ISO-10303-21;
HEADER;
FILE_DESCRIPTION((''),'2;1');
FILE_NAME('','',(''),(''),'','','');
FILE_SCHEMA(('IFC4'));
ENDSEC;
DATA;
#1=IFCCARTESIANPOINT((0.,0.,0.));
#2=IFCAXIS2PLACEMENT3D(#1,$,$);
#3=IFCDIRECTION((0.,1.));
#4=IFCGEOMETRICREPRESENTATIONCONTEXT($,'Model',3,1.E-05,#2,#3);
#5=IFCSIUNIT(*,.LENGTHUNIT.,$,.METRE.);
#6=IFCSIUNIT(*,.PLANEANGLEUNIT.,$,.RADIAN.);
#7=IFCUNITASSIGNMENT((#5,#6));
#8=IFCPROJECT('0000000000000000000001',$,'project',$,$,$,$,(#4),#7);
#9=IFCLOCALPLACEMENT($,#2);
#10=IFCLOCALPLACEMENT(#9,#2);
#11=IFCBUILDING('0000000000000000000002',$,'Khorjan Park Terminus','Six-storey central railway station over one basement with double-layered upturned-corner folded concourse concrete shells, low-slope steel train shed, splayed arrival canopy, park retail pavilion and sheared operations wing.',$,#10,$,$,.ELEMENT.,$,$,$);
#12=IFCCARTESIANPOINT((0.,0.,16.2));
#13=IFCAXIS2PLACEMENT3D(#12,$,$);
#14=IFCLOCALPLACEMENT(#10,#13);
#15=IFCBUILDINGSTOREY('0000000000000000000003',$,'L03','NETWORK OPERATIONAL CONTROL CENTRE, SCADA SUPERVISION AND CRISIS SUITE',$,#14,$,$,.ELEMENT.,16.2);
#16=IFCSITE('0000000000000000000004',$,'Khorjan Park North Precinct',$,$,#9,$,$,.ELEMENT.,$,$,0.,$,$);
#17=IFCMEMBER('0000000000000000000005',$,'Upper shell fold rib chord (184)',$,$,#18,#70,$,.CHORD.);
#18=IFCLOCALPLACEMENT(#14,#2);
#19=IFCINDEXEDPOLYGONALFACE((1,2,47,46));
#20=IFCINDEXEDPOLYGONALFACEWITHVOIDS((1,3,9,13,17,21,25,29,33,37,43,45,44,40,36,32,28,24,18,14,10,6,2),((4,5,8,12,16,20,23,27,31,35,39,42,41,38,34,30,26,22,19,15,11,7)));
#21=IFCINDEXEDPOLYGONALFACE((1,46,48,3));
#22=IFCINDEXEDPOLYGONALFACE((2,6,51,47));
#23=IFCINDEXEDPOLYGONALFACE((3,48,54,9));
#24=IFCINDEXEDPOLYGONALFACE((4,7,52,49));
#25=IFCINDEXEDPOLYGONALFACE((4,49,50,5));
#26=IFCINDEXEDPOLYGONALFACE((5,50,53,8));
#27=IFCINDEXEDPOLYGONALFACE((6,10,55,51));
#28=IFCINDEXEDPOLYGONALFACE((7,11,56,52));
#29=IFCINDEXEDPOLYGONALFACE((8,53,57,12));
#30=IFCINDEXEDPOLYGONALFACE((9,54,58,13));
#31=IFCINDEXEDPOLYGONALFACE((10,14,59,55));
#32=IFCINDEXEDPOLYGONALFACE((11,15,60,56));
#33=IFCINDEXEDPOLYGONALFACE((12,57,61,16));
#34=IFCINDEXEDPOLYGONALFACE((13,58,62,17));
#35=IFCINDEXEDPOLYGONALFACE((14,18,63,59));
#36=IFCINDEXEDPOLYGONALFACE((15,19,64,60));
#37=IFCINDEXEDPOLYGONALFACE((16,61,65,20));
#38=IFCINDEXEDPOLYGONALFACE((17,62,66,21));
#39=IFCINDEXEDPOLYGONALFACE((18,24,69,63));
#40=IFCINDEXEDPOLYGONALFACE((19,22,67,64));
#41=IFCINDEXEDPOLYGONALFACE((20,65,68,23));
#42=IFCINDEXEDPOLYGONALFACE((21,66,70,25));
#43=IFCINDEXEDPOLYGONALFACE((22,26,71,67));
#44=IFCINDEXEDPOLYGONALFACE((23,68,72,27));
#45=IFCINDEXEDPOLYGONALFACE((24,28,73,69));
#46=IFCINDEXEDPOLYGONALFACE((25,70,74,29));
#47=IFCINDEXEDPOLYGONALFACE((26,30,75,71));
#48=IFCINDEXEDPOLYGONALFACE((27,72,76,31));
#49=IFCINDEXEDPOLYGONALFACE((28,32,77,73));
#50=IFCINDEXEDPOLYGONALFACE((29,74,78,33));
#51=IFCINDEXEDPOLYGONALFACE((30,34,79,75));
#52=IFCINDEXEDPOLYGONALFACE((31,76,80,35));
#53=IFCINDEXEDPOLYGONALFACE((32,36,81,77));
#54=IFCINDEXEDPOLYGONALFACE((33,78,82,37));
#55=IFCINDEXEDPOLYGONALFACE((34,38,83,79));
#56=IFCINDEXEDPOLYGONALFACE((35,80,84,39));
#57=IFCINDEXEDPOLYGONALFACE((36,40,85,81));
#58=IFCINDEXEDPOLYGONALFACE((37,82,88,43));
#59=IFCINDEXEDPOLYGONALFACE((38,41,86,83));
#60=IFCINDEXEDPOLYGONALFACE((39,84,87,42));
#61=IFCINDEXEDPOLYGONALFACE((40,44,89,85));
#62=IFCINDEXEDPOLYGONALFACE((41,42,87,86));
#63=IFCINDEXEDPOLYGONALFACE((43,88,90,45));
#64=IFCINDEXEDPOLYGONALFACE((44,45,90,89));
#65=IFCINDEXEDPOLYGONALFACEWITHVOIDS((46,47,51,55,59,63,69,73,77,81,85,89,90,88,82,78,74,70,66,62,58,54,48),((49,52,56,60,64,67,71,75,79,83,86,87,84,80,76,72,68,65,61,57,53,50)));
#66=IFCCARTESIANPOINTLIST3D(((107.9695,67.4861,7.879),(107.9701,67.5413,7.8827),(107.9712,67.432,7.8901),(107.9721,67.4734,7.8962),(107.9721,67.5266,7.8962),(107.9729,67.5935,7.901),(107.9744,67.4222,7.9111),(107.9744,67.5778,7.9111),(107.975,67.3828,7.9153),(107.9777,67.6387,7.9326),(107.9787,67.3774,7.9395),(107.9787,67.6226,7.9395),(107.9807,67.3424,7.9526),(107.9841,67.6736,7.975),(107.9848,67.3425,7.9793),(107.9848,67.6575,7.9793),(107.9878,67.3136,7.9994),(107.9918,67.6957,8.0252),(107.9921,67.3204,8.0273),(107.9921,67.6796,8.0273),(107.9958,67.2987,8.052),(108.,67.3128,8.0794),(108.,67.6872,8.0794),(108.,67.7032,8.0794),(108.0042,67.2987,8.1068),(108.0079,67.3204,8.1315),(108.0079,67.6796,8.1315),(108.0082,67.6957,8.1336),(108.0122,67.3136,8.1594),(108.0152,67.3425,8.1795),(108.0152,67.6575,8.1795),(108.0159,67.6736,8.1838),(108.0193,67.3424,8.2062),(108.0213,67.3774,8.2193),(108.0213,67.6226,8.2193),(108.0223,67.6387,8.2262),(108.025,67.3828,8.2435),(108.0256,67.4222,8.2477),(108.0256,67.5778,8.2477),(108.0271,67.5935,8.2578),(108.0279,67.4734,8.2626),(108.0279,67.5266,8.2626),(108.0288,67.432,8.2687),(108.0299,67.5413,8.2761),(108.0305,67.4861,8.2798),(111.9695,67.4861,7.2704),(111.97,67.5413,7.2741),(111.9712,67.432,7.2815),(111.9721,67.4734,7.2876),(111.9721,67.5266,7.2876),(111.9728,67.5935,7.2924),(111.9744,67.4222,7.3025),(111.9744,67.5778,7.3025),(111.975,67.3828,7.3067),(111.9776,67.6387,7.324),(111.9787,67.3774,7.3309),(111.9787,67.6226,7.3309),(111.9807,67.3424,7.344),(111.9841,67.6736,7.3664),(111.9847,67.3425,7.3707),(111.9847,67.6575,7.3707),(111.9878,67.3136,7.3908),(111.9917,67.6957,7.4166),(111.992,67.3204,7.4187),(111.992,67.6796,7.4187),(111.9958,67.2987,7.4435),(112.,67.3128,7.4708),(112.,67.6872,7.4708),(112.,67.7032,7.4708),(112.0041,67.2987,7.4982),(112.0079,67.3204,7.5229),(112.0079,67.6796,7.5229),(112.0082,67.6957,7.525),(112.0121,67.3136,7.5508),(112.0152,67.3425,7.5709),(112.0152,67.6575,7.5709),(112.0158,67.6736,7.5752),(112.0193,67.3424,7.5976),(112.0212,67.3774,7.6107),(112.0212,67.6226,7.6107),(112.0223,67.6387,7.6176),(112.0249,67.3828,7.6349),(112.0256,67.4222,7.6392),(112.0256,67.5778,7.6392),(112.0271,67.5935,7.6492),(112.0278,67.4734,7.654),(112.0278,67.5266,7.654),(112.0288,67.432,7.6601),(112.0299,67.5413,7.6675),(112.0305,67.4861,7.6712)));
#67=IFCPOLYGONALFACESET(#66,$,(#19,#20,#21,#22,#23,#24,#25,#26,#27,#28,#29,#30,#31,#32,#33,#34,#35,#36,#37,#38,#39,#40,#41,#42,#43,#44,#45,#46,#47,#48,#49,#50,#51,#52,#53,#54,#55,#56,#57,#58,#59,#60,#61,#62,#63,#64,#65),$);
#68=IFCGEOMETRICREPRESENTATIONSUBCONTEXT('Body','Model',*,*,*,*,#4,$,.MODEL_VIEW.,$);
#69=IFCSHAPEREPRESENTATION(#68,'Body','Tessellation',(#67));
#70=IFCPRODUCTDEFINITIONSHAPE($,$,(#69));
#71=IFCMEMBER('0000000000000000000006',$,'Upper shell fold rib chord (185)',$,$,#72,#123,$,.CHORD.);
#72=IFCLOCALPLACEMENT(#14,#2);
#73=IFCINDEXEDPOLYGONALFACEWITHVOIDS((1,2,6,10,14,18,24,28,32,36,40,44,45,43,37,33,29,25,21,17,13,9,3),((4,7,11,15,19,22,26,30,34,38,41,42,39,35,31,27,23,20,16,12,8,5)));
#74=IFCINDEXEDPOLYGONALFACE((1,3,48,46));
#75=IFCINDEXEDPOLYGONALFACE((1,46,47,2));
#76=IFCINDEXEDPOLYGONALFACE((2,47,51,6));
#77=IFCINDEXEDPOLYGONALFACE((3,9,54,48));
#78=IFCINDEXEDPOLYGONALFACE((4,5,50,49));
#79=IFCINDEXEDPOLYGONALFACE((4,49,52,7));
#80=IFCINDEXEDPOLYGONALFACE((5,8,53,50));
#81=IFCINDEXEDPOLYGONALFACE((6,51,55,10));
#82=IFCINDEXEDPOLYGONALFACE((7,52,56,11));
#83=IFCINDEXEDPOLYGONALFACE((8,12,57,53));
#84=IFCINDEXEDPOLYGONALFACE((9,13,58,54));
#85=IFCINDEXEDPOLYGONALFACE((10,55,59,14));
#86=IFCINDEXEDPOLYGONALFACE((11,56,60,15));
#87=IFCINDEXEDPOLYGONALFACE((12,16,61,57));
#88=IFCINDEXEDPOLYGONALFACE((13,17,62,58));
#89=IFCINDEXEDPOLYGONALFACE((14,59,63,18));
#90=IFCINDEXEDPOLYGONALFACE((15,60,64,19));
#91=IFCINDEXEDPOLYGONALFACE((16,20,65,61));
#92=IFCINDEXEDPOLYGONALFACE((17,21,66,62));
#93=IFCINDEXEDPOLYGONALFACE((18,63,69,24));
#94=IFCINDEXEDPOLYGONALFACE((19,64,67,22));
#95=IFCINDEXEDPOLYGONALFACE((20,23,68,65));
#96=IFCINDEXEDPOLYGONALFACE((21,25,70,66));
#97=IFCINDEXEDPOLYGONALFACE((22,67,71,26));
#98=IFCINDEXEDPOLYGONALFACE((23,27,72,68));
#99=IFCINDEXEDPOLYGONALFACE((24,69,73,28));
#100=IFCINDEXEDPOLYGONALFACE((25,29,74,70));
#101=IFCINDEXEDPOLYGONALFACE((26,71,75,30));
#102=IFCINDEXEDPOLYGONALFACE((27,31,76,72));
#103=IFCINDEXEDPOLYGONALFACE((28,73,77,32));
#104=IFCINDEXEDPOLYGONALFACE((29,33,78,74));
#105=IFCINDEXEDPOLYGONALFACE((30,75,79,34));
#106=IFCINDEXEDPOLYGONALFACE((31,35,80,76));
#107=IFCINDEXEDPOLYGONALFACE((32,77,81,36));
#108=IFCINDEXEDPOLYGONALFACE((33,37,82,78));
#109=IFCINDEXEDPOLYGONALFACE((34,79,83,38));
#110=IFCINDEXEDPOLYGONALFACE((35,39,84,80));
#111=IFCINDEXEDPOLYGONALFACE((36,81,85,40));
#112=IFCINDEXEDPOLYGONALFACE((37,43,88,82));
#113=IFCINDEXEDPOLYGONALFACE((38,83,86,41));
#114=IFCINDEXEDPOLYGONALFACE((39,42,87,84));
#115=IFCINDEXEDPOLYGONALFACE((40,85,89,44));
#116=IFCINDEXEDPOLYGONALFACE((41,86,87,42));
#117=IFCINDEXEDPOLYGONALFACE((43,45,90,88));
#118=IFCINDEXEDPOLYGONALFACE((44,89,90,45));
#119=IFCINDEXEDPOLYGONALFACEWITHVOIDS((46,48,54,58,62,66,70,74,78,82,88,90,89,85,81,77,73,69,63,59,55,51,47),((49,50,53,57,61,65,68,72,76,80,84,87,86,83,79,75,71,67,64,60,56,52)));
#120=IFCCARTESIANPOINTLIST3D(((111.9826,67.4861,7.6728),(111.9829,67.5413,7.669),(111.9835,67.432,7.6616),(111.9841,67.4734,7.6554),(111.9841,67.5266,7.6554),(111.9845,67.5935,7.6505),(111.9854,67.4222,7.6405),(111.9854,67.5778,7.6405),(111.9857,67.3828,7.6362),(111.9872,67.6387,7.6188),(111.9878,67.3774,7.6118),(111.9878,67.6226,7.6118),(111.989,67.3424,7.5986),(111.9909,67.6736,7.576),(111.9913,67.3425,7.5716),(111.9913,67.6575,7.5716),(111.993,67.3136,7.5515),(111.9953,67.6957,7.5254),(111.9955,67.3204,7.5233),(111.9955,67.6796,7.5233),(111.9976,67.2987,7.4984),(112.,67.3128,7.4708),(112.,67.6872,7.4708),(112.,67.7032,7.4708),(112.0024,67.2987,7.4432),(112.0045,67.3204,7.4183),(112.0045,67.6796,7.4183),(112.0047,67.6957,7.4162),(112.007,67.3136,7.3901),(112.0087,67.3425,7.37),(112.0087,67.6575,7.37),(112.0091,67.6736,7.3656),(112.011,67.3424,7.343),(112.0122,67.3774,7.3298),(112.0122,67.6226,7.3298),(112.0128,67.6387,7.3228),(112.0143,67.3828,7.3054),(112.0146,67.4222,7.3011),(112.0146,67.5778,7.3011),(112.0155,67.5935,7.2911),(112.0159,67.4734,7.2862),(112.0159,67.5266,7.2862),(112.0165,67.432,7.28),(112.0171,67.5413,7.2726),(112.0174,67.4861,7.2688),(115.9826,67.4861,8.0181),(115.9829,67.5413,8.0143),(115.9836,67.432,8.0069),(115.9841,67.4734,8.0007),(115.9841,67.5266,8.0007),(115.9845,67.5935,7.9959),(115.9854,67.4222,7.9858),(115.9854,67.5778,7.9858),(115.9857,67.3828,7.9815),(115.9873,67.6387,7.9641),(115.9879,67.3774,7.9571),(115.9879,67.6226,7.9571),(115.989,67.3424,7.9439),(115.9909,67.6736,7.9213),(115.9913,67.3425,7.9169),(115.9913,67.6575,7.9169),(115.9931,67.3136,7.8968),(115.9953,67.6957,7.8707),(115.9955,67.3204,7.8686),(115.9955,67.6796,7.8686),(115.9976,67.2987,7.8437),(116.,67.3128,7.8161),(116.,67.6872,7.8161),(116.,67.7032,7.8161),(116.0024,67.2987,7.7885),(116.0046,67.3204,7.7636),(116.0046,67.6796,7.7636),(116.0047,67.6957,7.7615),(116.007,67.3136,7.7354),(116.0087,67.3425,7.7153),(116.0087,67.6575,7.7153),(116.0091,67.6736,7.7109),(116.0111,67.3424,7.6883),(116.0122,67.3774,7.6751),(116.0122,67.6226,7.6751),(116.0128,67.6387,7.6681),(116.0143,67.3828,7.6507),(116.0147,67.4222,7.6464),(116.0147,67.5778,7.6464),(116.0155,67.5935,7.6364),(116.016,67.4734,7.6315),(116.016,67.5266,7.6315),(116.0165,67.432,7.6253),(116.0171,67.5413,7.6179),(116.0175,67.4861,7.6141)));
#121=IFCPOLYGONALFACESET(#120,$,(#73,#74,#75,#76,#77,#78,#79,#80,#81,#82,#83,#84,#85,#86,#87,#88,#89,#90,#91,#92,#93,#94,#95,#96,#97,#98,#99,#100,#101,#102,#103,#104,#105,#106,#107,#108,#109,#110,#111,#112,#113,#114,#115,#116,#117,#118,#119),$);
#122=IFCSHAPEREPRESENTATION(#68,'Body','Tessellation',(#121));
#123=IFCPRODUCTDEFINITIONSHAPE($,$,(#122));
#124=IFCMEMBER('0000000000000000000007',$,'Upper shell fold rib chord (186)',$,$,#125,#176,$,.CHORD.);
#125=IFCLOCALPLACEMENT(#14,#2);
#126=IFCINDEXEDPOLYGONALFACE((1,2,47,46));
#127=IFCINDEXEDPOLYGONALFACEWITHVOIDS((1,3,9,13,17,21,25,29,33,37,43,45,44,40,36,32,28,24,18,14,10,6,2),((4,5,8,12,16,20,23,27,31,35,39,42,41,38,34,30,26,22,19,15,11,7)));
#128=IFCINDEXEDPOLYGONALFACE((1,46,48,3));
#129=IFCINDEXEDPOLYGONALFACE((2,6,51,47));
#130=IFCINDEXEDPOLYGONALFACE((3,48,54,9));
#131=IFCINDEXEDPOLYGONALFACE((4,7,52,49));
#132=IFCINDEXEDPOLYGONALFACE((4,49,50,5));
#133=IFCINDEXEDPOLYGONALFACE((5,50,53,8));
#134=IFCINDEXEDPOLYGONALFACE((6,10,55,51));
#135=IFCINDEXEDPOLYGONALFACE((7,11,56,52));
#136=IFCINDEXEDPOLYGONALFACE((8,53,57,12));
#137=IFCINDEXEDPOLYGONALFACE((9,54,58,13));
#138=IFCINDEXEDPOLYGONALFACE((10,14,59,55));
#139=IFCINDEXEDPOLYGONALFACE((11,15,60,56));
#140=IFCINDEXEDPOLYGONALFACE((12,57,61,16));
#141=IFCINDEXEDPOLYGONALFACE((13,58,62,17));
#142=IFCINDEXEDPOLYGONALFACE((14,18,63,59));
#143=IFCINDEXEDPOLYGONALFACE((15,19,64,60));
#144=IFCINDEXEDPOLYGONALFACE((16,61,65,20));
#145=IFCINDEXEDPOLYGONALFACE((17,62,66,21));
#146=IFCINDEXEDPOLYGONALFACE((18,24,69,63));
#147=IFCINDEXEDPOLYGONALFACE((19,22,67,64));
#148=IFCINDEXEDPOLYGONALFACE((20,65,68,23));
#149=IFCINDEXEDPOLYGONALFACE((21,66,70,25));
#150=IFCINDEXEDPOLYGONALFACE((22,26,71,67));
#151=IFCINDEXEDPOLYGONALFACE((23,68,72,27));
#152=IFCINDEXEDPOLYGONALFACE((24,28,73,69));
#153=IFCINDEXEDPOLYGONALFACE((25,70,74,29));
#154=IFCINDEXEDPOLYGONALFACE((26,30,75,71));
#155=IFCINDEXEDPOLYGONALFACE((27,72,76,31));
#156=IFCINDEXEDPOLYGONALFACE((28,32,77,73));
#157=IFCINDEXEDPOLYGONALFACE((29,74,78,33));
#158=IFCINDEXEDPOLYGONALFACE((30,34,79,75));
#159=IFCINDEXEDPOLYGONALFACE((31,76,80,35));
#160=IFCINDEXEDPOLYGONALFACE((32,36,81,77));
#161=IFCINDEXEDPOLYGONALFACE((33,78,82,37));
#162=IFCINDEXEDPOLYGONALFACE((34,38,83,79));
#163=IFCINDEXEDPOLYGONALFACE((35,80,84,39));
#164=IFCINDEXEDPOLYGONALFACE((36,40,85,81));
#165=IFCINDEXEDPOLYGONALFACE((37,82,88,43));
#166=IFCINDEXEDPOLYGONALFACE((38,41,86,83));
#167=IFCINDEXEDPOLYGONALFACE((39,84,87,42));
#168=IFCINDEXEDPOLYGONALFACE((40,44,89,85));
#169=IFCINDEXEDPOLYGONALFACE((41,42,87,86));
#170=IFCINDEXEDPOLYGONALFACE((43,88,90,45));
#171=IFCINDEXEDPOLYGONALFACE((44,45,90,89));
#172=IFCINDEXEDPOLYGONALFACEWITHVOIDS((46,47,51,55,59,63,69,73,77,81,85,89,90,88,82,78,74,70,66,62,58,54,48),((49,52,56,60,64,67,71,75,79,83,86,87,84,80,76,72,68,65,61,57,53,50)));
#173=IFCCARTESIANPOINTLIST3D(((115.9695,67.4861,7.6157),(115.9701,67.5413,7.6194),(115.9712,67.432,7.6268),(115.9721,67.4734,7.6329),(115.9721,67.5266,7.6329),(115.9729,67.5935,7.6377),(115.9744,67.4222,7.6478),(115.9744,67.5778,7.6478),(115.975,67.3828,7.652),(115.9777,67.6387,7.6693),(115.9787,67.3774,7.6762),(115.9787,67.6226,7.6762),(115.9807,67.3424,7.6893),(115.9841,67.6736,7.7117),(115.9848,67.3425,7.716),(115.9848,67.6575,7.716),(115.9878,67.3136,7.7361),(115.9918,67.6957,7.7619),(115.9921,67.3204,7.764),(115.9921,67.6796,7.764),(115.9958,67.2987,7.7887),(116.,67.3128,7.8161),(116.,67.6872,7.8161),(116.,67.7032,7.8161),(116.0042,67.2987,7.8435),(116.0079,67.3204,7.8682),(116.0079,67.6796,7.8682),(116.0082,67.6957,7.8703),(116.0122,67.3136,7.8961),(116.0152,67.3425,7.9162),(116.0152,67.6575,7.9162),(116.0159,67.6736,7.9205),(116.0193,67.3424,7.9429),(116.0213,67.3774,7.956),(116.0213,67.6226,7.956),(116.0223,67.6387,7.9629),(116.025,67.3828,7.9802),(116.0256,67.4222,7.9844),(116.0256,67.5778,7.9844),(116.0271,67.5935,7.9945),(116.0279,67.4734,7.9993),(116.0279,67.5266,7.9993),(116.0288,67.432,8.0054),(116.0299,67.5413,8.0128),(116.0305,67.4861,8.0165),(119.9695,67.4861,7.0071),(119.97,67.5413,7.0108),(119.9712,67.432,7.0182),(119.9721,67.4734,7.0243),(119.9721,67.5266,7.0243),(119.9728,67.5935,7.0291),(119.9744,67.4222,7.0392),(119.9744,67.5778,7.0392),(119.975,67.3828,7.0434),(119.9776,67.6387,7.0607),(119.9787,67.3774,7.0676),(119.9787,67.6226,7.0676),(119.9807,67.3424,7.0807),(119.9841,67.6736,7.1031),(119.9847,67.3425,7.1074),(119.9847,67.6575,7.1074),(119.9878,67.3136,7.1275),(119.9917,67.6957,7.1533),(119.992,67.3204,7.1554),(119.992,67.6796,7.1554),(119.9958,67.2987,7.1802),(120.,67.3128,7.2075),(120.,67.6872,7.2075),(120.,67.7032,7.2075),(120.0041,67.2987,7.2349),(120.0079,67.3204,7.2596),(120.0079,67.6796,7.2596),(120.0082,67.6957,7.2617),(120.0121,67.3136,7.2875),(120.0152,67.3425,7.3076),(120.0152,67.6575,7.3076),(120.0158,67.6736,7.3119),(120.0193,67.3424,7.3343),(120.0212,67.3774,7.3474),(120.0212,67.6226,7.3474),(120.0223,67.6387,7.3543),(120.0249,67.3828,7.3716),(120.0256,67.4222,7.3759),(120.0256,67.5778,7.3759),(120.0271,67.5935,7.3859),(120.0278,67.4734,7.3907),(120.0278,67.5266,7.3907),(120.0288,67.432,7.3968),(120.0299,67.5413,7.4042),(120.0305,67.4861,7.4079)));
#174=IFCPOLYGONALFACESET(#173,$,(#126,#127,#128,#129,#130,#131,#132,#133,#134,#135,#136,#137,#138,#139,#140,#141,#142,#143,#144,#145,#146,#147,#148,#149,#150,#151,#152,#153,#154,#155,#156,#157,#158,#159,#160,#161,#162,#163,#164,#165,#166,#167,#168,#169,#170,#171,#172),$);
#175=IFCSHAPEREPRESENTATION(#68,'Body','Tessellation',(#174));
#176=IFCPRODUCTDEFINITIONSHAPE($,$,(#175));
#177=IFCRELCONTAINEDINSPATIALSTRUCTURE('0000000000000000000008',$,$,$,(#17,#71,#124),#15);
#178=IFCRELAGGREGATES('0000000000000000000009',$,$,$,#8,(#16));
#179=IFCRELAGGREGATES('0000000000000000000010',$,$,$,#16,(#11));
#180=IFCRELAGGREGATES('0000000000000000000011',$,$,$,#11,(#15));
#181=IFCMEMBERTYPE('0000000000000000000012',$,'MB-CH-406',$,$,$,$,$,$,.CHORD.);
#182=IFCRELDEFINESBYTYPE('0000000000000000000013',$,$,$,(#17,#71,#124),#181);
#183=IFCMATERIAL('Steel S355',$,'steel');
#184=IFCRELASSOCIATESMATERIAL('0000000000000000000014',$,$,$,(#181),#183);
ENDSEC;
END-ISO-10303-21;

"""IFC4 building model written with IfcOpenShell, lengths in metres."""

from ifc_helpers import new_model, si_unit, direction, frame, origin, origin_2d, place, context, subcontext, project, spatial, hollow_circle, extrude, material, material_profile, profile_set, type_object, element, save


model = new_model("IFC4")

# Units and contexts
model_context = context("Model", 3, precision=1e-05, world=origin(), true_north=direction((0.0, 1.0)))
body_context = subcontext(model_context, "Body", "Model", "MODEL_VIEW")
ifc_project = project(units=[si_unit("LENGTHUNIT", "METRE"), si_unit("PLANEANGLEUNIT", "RADIAN")], contexts=[model_context])

# Site, building, storey
site_placement = place(None, origin())
site = spatial("IfcSite", under=ifc_project, at=site_placement, Name="Khorjan Park North Precinct", CompositionType="ELEMENT", RefElevation=0.0)
building_placement = place(site_placement, origin())
building = spatial("IfcBuilding", under=site, at=building_placement, Name="Khorjan Park Terminus", Description="Six-storey central railway station over one basement with double-layered upturned-corner folded concourse concrete shells, low-slope steel train shed, splayed arrival canopy, park retail pavilion and sheared operations wing.", CompositionType="ELEMENT")
storey_placement = place(building_placement, frame((0.0, 0.0, 16.2)))
storey = spatial("IfcBuildingStorey", under=building, at=storey_placement, Name="L03", Description="NETWORK OPERATIONAL CONTROL CENTRE, SCADA SUPERVISION AND CRISIS SUITE", CompositionType="ELEMENT", Elevation=16.2)

# Members
ifc_material = material(Name="Steel S355", Category="steel")
ifc_material_profile_1 = material_profile(ifc_material, hollow_circle(Radius=0.2032, WallThickness=0.016, at=origin_2d()), Name="CHS 406.4x16")
ifc_profile_set_1 = profile_set([ifc_material_profile_1], Name="Steel S355")
member_type_1 = type_object("IfcMemberType", Name="MB-CH-406", PredefinedType="CHORD", material=ifc_profile_set_1)
member_1_placement = place(storey_placement, frame((108.0, 67.5, 8.0794), z_axis=(0.988622, 0.0, -0.150419), x_axis=(0.0, 1.0, 0.0)))
element("IfcMember", 1, at=member_1_placement, inside=storey, type_object=member_type_1, Name="Upper shell fold rib chord (184)", PredefinedType="CHORD", context=body_context, shape_type="SweptSolid", body=[
    extrude(hollow_circle(Radius=0.2032, WallThickness=0.016, at=origin_2d()), origin(), (0.0, 0.0, 1.0), 4.046),
])
member_2_placement = place(storey_placement, frame((112.0, 67.5, 7.4708), z_axis=(0.996295, 0.0, 0.086005), x_axis=(0.0, 1.0, 0.0)))
element("IfcMember", 2, at=member_2_placement, inside=storey, type_object=member_type_1, Name="Upper shell fold rib chord (185)", PredefinedType="CHORD", context=body_context, shape_type="SweptSolid", body=[
    extrude(hollow_circle(Radius=0.2032, WallThickness=0.016, at=origin_2d()), origin(), (0.0, 0.0, 1.0), 4.0149),
])
member_3_placement = place(storey_placement, frame((116.0, 67.5, 7.8161), z_axis=(0.988622, 0.0, -0.150419), x_axis=(0.0, 1.0, 0.0)))
element("IfcMember", 3, at=member_3_placement, inside=storey, type_object=member_type_1, Name="Upper shell fold rib chord (186)", PredefinedType="CHORD", context=body_context, shape_type="SweptSolid", body=[
    extrude(hollow_circle(Radius=0.2032, WallThickness=0.016, at=origin_2d()), origin(), (0.0, 0.0, 1.0), 4.046),
])

save(model, "model.ifc")
